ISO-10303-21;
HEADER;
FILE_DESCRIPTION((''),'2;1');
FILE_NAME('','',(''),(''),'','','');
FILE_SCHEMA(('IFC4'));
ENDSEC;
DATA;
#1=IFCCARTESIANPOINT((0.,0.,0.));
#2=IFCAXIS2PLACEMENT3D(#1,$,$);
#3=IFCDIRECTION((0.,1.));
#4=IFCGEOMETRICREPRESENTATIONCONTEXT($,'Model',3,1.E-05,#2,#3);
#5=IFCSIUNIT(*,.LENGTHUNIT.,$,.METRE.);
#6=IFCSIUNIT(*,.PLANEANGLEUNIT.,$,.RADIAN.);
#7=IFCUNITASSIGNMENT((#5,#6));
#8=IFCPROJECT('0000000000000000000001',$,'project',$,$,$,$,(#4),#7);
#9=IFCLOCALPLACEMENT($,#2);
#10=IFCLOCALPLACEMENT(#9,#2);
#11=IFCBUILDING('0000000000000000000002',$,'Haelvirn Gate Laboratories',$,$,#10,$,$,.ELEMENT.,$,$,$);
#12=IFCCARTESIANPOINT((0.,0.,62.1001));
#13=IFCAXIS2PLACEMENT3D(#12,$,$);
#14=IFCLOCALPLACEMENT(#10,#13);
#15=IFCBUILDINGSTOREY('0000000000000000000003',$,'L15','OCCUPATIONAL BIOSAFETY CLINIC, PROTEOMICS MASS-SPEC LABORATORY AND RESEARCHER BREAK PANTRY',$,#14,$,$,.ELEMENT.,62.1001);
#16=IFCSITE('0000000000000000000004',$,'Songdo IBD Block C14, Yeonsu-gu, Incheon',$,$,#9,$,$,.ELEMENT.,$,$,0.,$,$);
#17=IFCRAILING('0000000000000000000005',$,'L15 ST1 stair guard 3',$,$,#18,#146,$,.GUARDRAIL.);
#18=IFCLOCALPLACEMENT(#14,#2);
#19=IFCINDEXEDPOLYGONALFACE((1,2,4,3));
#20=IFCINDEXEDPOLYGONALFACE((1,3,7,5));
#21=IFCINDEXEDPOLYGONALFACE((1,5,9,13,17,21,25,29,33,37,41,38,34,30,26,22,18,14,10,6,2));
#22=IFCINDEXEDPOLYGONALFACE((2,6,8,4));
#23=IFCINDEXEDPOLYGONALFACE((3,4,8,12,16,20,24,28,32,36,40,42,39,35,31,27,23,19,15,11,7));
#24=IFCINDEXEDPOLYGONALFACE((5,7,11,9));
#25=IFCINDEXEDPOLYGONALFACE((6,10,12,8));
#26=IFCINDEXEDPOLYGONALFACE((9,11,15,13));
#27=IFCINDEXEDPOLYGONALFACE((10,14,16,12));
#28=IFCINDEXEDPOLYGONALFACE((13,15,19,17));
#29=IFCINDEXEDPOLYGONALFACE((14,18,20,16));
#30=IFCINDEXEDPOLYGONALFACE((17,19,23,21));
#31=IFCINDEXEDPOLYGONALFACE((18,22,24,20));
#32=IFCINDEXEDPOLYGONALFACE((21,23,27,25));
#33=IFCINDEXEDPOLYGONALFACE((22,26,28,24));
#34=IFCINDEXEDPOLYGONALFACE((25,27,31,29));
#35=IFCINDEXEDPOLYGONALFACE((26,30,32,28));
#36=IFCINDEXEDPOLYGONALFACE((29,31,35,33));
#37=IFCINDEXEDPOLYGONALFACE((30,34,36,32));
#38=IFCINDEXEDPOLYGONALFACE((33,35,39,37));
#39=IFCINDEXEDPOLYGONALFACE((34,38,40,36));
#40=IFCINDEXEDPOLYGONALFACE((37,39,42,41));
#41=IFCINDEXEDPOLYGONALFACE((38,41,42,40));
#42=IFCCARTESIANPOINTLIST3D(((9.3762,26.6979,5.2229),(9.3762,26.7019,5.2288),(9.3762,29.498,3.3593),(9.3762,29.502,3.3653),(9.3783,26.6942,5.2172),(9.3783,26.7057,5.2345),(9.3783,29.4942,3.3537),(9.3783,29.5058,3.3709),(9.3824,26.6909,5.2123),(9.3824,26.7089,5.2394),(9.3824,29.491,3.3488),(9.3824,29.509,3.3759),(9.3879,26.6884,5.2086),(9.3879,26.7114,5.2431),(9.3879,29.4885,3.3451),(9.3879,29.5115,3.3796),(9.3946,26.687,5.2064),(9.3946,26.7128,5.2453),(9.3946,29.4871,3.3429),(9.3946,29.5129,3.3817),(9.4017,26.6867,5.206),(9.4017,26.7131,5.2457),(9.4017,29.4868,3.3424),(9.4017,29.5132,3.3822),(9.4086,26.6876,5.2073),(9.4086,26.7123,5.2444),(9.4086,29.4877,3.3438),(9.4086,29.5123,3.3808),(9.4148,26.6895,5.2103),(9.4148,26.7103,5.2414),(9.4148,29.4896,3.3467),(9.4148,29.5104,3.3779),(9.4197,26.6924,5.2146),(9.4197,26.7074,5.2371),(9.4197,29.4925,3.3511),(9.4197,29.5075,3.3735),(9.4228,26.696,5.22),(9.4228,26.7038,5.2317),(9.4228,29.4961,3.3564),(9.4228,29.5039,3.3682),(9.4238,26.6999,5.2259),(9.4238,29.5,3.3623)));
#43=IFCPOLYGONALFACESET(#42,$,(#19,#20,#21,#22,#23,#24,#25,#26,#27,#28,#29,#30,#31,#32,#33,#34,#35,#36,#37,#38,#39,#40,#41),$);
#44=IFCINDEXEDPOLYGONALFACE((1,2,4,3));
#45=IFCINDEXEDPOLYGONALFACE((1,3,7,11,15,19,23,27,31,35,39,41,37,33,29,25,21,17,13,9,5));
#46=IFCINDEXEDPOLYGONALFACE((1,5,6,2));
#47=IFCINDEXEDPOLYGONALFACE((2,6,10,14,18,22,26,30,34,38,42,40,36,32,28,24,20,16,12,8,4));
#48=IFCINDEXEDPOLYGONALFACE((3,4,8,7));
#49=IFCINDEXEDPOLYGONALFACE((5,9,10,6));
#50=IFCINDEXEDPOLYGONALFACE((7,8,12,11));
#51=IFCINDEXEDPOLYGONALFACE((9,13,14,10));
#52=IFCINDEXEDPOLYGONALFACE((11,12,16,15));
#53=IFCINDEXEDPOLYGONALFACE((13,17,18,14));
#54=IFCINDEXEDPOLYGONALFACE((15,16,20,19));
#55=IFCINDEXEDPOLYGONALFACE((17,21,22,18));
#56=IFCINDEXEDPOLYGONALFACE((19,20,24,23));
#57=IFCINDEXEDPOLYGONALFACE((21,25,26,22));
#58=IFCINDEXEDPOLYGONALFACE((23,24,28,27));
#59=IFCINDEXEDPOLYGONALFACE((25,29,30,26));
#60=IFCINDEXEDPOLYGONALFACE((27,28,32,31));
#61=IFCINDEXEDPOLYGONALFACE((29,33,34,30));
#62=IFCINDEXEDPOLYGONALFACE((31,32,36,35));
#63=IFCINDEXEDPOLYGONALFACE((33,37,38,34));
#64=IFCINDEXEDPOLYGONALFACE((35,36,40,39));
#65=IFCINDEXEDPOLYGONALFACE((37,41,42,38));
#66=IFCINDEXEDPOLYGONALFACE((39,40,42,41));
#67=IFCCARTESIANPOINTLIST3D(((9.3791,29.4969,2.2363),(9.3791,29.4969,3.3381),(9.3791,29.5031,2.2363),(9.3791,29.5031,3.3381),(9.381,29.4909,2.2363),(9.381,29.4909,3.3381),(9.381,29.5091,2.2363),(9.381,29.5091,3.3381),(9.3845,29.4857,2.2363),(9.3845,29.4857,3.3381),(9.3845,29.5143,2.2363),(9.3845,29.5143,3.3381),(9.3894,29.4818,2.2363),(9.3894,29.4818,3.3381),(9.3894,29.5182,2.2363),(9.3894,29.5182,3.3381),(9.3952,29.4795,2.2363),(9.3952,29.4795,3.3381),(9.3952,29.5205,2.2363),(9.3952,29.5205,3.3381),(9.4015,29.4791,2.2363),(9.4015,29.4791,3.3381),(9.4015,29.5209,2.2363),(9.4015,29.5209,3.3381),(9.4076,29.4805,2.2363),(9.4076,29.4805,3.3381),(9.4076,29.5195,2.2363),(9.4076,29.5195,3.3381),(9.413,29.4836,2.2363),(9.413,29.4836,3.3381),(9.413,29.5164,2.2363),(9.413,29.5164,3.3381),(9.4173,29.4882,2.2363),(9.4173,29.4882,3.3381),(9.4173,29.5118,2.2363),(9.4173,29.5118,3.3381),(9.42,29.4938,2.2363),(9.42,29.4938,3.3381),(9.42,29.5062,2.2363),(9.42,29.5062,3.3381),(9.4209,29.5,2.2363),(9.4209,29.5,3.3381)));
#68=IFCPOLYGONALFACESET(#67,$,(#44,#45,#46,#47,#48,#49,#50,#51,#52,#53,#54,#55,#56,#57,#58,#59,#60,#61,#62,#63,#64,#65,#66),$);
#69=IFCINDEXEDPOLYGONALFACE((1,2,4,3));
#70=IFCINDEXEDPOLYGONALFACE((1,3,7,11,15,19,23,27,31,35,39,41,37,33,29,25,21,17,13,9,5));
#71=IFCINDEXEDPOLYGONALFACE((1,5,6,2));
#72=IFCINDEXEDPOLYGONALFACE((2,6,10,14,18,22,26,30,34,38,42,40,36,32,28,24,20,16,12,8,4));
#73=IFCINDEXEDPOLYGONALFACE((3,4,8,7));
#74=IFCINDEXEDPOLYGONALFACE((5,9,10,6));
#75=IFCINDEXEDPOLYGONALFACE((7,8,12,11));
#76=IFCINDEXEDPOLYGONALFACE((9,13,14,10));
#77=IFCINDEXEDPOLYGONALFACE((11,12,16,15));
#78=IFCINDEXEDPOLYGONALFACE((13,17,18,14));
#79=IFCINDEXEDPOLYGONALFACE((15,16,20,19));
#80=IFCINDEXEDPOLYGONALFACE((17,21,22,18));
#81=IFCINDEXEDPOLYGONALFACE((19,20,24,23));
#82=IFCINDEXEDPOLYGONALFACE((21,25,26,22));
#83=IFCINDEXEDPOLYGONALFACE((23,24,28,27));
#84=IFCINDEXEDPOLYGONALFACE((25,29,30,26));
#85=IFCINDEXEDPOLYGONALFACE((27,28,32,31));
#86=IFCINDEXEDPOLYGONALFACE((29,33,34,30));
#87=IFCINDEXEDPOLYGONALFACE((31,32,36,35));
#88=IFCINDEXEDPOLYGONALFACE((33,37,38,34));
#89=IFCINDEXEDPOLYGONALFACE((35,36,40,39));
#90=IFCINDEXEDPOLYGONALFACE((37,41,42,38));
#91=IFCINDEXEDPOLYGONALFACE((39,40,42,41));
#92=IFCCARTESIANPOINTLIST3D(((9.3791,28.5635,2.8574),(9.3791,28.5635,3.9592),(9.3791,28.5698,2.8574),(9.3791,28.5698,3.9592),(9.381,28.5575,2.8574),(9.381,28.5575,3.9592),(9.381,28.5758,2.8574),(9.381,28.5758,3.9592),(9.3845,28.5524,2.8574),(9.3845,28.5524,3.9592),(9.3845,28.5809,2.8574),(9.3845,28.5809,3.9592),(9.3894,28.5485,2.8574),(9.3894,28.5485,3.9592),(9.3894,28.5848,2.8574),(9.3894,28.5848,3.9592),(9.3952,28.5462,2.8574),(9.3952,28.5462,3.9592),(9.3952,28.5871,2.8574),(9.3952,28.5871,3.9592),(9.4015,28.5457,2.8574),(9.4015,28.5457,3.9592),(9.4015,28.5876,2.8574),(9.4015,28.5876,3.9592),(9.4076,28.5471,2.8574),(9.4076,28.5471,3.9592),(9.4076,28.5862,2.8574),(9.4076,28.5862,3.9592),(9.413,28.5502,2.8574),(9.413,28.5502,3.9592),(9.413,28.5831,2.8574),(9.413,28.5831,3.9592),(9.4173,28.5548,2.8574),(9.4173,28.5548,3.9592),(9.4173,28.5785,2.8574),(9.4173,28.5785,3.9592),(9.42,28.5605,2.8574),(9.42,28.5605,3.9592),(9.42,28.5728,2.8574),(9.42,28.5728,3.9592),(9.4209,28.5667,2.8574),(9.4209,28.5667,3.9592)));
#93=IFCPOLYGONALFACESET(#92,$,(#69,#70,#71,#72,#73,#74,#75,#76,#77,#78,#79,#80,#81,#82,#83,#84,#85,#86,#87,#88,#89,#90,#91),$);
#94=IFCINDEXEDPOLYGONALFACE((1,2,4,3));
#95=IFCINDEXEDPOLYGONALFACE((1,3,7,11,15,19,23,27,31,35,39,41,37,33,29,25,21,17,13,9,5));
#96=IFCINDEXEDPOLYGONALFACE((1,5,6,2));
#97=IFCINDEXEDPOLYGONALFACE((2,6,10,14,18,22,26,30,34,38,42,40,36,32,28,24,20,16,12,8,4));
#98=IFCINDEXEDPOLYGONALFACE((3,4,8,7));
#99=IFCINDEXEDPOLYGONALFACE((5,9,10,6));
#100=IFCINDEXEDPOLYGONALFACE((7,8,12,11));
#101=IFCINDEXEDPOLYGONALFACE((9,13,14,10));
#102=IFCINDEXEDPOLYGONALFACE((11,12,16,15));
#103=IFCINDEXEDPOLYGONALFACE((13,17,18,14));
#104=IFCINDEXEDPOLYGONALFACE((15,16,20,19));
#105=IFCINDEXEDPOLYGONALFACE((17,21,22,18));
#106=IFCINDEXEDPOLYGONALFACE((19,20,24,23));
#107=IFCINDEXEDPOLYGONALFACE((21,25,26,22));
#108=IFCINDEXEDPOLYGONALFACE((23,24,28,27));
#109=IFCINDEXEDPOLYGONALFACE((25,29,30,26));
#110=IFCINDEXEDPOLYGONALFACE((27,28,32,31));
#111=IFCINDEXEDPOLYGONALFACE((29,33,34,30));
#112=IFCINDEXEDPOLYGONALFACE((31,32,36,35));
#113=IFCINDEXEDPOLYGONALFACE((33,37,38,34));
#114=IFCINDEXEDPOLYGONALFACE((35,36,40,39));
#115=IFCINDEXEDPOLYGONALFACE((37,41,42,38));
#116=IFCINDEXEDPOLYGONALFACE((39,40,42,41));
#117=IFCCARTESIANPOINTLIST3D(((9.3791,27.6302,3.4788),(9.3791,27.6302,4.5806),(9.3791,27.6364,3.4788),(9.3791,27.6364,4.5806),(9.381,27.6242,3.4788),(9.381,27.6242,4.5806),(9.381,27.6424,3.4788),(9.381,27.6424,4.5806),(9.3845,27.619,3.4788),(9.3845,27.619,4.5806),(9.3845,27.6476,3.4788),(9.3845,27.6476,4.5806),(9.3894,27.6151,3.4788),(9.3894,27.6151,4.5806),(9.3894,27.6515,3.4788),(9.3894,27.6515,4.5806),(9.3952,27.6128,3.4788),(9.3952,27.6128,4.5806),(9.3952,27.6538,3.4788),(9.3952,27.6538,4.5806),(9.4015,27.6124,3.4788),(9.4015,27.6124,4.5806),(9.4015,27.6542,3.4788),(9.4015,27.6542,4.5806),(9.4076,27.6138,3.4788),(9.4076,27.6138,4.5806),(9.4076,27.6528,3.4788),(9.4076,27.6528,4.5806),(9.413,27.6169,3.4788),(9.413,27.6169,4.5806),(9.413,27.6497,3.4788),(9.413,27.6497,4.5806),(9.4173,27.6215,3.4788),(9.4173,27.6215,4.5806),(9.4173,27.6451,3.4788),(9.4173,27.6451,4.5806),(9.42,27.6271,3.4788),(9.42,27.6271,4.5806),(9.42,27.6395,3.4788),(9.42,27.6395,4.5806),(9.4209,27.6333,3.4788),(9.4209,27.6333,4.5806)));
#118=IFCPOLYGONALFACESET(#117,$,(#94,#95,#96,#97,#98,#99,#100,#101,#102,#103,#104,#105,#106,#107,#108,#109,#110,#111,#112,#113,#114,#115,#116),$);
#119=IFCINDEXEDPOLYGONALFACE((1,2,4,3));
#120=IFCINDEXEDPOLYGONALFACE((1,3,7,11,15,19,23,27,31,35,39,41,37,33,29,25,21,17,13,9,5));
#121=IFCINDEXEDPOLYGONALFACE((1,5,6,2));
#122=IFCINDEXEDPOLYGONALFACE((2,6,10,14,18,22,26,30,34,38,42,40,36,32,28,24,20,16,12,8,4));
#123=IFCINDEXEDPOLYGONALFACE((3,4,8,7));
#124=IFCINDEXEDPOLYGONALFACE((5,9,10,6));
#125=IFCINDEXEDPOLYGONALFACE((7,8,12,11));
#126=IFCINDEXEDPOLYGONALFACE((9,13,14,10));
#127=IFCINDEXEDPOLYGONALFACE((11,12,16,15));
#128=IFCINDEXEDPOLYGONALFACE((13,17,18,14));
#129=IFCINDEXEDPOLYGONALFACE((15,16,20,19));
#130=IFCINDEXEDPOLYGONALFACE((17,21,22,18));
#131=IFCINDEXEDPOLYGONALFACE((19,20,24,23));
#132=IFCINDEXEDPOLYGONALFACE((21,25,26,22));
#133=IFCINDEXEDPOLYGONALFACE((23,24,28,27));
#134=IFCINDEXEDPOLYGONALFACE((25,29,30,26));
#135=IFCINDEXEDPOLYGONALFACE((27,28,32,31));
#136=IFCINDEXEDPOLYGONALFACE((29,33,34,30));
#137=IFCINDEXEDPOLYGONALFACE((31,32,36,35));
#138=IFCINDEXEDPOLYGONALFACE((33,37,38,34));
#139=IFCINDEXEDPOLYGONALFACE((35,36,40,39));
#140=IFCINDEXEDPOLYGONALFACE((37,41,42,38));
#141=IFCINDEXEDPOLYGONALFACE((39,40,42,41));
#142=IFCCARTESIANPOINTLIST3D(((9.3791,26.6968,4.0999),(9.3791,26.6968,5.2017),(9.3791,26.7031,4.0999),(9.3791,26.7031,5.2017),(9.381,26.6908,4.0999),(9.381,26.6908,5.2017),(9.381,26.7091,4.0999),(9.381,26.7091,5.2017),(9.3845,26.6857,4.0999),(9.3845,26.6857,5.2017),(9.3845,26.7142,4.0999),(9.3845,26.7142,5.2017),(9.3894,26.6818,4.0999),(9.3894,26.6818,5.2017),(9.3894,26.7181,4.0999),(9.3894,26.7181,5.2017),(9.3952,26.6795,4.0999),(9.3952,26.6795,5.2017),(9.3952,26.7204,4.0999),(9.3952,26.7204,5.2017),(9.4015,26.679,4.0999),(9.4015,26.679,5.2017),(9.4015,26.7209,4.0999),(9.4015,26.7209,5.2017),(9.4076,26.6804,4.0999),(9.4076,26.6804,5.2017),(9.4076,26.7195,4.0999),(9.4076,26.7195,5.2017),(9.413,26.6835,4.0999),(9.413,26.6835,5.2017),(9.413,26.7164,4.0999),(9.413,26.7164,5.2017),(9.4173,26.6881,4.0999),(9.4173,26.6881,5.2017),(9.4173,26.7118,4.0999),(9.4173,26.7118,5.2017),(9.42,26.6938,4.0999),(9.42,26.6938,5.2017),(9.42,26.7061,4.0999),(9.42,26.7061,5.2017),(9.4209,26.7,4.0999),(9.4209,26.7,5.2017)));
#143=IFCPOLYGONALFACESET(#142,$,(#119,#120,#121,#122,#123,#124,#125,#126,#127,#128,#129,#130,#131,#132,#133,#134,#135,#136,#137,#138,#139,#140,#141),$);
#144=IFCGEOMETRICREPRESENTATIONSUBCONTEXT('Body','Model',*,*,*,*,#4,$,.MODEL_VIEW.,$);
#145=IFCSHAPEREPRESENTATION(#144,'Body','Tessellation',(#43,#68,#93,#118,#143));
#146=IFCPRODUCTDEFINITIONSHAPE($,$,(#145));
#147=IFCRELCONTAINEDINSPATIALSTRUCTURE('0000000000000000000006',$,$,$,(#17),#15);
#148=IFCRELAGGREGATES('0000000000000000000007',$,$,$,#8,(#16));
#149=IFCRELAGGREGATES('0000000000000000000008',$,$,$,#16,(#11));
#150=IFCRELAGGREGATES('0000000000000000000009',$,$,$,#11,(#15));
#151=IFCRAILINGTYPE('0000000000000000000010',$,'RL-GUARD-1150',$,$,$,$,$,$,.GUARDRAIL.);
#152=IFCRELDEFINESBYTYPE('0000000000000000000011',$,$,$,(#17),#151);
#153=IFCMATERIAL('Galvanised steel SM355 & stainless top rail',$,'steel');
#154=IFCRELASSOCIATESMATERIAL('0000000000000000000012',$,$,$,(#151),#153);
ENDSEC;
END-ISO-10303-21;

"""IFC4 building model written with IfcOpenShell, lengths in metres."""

from ifc_helpers import new_model, si_unit, direction, frame, origin, origin_2d, place, context, subcontext, project, spatial, circle, extrude, source, transform, mapped, material, type_object, element, save


model = new_model("IFC4")

# Units and contexts
model_context = context("Model", 3, precision=1e-05, world=origin(), true_north=direction((0.0, 1.0)))
body_context = subcontext(model_context, "Body", "Model", "MODEL_VIEW")
ifc_project = project(units=[si_unit("LENGTHUNIT", "METRE"), si_unit("PLANEANGLEUNIT", "RADIAN")], contexts=[model_context])

# Site, building, storey
site_placement = place(None, origin())
site = spatial("IfcSite", under=ifc_project, at=site_placement, Name="Songdo IBD Block C14, Yeonsu-gu, Incheon", CompositionType="ELEMENT", RefElevation=0.0)
building_placement = place(site_placement, origin())
building = spatial("IfcBuilding", under=site, at=building_placement, Name="Haelvirn Gate Laboratories", CompositionType="ELEMENT")
storey_placement = place(building_placement, frame((0.0, 0.0, 62.1001)))
storey = spatial("IfcBuildingStorey", under=building, at=storey_placement, Name="L15", Description="OCCUPATIONAL BIOSAFETY CLINIC, PROTEOMICS MASS-SPEC LABORATORY AND RESEARCHER BREAK PANTRY", CompositionType="ELEMENT", Elevation=62.1001)

# Railing
ifc_material_1 = material(Name="Galvanised steel SM355 & stainless top rail", Category="steel")
railing_type_1 = type_object("IfcRailingType", Name="RL-GUARD-1150", PredefinedType="GUARDRAIL", material=ifc_material_1)
shared_shape_1 = source(origin(), body_context, "Body", "SweptSolid", [
    extrude(circle(Radius=0.0239, at=origin_2d()), frame((0.0, 0.0, 1.126), z_axis=(0.0, -0.832486, 0.554047), x_axis=(1.0, 0.0, 0.0)), (0.0, 0.0, 1.0), 3.3635),
    extrude(circle(Radius=0.021, at=origin_2d()), origin(), (0.0, 0.0, 1.0), 1.1018),
    extrude(circle(Radius=0.021, at=origin_2d()), frame((0.0, -0.9333, 0.6211)), (0.0, 0.0, 1.0), 1.1018),
    extrude(circle(Radius=0.021, at=origin_2d()), frame((0.0, -1.8667, 1.2424)), (0.0, 0.0, 1.0), 1.1018),
    extrude(circle(Radius=0.021, at=origin_2d()), frame((0.0, -2.8, 1.8635)), (0.0, 0.0, 1.0), 1.1018),
])
railing_1_placement = place(storey_placement, frame((9.3999, 29.5, 2.2363)))
element("IfcRailing", 1, at=railing_1_placement, inside=storey, type_object=railing_type_1, Name="L15 ST1 stair guard 3", PredefinedType="GUARDRAIL", context=body_context, shape_type="MappedRepresentation", body=[
    mapped(shared_shape_1, transform((0.0, 0.0, 0.0), scale=1.0)),
])

save(model, "model.ifc")
